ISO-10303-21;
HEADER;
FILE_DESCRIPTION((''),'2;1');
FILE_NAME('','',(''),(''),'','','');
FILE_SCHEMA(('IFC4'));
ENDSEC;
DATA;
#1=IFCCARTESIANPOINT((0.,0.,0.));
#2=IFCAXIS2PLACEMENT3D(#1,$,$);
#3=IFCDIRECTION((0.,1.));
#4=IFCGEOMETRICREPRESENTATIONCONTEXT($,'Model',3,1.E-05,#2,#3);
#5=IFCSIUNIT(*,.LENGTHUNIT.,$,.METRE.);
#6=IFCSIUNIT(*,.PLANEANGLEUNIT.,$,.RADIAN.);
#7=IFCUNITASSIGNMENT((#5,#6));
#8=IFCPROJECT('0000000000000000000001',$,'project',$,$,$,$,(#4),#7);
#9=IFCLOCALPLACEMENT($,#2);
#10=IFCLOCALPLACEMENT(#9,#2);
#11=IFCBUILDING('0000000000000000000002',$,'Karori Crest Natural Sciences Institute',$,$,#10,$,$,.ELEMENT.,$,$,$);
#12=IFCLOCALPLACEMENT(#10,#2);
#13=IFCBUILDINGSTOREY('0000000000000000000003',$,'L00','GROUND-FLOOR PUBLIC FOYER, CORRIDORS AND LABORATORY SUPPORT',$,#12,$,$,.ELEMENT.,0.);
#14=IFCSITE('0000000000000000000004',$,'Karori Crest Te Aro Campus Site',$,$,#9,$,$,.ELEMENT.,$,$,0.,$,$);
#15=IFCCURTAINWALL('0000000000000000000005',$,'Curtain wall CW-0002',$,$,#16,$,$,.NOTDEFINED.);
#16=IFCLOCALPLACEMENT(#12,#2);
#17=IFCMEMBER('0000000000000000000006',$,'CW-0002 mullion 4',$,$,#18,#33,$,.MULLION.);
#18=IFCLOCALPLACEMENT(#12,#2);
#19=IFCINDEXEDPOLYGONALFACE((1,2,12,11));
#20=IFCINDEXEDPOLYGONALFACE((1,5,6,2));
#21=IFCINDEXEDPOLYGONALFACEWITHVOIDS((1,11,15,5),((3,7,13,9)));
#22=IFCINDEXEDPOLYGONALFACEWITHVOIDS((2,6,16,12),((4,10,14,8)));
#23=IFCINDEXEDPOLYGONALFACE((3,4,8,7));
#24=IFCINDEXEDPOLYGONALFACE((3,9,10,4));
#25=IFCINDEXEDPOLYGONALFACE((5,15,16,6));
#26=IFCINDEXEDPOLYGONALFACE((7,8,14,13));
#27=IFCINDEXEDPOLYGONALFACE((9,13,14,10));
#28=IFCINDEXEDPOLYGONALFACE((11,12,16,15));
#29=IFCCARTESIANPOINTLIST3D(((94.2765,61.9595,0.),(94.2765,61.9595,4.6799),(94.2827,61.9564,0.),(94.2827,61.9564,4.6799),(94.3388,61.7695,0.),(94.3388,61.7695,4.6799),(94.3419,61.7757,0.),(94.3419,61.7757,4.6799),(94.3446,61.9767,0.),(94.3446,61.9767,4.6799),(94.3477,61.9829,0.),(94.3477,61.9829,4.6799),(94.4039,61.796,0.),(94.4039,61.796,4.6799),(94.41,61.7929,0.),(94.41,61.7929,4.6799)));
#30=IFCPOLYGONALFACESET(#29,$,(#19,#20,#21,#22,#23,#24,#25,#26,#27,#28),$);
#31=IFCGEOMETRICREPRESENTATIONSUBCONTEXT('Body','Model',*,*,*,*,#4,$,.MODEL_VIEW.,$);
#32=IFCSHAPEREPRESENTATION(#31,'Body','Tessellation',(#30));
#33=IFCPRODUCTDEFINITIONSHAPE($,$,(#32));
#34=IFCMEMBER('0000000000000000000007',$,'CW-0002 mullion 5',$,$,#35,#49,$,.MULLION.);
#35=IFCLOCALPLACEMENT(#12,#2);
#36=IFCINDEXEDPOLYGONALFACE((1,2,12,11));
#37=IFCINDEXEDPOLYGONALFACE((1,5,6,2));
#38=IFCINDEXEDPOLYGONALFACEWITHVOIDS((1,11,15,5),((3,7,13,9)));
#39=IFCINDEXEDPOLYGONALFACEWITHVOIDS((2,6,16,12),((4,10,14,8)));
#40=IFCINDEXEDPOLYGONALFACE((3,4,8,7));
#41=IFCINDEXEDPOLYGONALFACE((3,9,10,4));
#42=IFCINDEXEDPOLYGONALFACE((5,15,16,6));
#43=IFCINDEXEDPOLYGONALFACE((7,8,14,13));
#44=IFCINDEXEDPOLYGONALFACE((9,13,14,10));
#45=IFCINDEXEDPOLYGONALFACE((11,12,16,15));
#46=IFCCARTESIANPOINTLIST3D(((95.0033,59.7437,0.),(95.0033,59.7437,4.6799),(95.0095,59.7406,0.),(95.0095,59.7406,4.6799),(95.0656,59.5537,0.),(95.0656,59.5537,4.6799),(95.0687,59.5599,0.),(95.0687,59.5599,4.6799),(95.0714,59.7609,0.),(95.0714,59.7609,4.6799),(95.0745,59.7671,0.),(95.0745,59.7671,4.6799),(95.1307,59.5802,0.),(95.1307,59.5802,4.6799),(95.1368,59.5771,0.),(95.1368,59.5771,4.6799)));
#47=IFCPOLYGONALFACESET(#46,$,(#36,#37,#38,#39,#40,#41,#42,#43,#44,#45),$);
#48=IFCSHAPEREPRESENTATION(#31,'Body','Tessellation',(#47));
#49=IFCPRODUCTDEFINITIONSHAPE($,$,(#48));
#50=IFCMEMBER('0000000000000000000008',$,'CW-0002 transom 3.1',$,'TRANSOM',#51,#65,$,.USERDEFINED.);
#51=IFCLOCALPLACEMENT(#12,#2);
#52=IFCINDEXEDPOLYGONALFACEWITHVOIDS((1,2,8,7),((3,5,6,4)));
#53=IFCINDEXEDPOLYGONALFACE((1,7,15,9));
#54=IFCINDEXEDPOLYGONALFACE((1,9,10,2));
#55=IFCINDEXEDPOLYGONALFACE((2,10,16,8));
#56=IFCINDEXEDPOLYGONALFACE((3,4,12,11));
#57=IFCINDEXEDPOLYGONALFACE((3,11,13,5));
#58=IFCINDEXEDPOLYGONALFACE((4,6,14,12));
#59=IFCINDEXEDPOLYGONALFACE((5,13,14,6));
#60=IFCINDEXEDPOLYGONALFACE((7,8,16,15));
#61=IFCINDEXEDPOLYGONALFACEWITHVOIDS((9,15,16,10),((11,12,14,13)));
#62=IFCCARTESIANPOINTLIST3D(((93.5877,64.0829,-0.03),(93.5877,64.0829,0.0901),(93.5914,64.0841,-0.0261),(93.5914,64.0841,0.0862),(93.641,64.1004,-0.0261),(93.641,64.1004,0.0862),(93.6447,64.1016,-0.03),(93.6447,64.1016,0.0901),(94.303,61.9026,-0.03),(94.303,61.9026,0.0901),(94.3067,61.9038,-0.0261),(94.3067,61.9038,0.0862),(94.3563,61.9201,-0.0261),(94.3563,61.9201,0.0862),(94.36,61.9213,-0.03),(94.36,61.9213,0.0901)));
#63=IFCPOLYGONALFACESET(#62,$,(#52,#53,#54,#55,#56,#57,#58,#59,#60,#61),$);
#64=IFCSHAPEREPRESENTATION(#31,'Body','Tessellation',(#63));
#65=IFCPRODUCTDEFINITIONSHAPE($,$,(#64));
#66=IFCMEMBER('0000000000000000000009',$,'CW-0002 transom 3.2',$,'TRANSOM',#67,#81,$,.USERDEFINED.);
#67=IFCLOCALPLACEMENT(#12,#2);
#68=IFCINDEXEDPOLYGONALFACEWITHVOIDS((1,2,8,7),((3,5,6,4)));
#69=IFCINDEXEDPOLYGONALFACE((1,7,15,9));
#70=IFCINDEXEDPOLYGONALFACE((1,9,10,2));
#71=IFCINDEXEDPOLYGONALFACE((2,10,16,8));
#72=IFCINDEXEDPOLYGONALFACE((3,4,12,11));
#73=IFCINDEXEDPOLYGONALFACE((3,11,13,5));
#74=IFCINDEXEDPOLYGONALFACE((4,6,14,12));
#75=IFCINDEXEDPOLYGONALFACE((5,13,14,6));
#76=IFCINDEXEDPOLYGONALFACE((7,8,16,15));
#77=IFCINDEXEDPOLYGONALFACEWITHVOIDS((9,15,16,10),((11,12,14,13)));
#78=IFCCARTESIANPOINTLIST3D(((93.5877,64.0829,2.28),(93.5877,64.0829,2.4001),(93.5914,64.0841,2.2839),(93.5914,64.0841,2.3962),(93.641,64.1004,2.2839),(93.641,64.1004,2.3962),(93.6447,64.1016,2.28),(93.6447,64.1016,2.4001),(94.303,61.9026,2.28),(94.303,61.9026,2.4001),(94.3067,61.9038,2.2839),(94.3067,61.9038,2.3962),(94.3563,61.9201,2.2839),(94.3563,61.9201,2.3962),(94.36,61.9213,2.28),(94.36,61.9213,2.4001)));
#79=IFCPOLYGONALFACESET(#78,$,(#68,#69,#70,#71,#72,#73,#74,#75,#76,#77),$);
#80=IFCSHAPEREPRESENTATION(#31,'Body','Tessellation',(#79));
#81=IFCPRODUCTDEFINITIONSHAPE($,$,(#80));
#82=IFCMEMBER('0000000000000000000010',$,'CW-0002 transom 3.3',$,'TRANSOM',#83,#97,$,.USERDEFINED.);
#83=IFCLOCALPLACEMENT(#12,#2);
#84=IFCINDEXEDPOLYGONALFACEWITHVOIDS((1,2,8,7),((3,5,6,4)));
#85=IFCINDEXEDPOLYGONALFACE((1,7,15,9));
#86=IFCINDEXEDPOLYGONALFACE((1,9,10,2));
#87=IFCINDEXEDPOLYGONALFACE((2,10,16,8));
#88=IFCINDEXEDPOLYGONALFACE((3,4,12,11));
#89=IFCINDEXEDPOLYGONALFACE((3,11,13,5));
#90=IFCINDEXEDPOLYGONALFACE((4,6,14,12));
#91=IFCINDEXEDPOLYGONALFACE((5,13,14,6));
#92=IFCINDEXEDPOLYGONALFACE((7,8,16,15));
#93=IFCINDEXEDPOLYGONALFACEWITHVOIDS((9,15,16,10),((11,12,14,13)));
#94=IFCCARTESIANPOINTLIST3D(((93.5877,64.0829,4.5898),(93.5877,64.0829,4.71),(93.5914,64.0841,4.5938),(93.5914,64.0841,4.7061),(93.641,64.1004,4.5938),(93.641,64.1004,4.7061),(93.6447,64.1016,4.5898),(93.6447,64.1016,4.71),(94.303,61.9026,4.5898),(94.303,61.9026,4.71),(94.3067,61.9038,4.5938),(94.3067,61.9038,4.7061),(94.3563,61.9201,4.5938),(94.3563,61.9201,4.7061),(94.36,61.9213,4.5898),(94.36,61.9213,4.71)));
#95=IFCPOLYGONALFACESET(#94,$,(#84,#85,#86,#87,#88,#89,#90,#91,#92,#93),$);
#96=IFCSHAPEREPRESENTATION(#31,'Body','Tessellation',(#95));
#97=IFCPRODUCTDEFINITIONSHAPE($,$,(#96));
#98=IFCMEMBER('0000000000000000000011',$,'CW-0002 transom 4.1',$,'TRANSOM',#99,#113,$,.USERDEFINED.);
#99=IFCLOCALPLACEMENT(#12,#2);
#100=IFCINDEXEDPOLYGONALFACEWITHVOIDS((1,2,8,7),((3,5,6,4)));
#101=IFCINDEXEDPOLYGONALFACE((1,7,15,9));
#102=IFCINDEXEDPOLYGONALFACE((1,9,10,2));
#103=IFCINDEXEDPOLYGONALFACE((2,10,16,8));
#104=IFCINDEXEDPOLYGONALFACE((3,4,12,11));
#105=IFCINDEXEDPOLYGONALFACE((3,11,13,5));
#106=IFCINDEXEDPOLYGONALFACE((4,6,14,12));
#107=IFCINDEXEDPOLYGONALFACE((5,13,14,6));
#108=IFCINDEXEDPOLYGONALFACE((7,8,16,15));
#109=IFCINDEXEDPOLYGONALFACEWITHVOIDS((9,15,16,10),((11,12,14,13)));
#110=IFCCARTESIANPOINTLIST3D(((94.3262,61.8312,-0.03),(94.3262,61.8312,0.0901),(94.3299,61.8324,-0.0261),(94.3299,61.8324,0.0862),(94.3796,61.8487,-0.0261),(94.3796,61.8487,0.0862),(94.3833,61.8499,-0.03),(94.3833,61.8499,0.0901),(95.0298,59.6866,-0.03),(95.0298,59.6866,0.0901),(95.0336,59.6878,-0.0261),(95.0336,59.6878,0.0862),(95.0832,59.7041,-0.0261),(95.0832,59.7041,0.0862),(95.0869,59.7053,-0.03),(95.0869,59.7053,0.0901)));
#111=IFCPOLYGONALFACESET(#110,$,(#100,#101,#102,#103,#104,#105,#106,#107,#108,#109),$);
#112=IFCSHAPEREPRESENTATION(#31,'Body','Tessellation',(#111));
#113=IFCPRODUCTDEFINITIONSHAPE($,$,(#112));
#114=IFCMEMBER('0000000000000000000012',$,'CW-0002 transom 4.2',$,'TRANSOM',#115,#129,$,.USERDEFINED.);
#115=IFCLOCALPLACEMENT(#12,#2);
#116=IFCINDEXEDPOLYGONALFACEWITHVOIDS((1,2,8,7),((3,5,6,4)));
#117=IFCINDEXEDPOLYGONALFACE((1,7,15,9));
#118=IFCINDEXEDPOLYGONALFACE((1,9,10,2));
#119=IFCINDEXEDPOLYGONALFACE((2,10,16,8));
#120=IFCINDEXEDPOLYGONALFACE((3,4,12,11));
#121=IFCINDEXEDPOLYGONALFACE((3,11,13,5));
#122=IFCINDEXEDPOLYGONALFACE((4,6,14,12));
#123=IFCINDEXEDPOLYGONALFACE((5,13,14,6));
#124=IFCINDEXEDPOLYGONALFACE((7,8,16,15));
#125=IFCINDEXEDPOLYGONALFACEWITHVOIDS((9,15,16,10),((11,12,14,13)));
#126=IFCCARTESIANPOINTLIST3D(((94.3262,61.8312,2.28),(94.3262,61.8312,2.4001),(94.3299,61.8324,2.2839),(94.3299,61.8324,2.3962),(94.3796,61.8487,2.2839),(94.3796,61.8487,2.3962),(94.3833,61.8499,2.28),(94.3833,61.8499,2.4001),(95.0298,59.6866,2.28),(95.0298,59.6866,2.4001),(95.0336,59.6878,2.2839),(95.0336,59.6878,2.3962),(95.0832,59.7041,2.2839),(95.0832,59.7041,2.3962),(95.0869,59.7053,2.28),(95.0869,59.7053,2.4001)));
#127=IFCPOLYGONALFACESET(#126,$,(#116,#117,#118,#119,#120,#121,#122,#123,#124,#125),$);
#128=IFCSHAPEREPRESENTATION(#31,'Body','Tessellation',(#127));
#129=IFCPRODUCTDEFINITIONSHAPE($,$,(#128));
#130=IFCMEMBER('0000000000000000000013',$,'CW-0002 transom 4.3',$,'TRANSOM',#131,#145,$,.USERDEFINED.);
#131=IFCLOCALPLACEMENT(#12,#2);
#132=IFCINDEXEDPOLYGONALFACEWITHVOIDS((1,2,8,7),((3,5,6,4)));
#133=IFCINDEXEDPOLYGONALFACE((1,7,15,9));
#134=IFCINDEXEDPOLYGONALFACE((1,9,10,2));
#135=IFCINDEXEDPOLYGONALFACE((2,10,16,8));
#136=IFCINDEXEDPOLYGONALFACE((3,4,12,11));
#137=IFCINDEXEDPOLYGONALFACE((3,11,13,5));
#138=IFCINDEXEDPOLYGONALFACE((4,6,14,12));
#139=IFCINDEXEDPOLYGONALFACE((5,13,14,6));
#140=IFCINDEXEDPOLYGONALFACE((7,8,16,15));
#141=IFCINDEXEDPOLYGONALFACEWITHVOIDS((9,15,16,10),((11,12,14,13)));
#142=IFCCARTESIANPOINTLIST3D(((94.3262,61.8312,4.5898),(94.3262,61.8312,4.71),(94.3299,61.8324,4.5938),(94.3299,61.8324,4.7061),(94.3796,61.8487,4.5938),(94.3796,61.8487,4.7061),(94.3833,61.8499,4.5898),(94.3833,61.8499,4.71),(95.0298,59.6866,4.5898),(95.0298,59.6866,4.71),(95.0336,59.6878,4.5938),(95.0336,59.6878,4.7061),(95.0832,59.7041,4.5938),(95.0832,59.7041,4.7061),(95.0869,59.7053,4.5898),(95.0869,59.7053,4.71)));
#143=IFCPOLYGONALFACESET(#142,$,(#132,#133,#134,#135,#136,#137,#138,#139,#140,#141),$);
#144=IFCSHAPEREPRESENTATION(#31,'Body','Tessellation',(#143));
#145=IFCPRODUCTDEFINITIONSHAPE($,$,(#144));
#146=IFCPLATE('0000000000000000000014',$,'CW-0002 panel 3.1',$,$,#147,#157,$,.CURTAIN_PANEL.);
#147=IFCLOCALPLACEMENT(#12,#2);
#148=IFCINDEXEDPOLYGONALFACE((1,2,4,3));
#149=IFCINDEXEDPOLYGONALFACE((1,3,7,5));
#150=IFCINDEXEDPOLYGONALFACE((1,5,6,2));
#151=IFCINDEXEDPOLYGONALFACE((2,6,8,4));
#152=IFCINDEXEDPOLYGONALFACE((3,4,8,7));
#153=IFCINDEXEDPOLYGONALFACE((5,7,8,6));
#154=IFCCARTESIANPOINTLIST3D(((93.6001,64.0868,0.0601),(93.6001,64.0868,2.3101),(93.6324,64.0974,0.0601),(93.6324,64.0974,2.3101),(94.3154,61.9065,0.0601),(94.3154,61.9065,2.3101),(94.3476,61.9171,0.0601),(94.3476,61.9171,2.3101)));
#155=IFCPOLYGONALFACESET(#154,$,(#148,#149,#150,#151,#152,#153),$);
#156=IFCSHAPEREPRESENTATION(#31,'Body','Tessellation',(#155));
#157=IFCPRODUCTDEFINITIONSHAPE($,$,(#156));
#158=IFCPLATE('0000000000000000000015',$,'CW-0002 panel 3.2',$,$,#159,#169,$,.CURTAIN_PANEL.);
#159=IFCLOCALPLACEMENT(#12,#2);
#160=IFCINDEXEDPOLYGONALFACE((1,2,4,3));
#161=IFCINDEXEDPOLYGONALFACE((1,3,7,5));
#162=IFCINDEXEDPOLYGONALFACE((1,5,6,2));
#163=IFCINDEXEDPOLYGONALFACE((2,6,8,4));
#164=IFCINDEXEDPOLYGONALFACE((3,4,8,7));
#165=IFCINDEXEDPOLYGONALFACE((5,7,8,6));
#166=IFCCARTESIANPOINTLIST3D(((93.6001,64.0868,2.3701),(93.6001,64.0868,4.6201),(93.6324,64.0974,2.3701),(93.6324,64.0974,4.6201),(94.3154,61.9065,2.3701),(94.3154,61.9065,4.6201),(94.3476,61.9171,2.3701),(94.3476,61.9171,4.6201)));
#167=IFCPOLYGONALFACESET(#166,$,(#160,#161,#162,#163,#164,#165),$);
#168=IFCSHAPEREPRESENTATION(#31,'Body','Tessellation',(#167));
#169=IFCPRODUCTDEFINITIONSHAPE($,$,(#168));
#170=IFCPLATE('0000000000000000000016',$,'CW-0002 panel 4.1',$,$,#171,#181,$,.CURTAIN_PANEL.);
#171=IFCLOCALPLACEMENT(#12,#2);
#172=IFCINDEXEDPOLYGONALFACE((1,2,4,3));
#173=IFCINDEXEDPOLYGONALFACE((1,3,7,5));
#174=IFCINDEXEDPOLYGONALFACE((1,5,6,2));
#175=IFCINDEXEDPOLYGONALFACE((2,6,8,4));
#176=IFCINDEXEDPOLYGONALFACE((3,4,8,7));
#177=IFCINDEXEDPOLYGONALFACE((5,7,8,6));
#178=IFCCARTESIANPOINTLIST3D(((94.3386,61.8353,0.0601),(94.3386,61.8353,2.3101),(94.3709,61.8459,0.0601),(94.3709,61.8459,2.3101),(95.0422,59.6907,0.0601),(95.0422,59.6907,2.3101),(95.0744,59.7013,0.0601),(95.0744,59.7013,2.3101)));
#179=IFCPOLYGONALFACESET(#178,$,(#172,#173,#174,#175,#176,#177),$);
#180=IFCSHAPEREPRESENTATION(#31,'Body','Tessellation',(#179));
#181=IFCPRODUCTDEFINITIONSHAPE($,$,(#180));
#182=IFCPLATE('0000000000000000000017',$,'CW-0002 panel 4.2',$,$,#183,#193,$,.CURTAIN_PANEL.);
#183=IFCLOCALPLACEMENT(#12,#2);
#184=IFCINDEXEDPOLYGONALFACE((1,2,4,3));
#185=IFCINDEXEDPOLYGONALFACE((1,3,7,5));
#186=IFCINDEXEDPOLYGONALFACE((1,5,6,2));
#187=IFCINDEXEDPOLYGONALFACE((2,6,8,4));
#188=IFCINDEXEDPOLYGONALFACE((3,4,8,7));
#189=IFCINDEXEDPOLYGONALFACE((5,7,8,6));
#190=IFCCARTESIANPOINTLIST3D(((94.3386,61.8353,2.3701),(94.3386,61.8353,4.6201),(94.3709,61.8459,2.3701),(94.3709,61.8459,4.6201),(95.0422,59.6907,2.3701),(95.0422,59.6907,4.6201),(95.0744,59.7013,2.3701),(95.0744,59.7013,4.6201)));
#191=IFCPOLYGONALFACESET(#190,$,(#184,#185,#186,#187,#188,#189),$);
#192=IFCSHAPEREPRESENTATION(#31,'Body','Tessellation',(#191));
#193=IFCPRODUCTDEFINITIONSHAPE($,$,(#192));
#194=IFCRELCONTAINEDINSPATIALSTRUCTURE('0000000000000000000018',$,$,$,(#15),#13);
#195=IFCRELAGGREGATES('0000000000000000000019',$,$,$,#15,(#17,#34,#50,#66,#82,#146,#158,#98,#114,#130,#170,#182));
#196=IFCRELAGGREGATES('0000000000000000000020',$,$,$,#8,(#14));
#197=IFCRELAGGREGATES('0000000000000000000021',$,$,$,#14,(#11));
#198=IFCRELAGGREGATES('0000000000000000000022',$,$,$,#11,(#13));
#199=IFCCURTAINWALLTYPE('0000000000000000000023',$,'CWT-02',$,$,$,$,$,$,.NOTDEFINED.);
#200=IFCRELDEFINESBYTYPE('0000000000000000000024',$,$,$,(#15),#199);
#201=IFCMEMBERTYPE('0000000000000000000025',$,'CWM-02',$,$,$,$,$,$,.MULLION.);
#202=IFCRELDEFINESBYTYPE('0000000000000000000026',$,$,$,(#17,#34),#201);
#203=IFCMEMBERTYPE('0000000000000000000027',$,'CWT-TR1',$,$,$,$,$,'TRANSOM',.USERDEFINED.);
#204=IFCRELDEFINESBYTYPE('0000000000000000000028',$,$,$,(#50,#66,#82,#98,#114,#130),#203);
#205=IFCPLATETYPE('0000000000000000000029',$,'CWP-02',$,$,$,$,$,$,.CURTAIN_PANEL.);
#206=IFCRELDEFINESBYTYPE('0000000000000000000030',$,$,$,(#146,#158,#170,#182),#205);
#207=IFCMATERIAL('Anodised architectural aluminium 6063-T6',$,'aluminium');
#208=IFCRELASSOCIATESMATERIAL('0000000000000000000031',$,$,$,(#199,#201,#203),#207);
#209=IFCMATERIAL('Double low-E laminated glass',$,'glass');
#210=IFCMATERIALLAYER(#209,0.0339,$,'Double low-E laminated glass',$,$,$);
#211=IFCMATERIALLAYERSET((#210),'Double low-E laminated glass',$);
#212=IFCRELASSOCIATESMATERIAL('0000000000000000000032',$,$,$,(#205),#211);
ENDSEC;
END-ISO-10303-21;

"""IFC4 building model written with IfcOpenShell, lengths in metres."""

from ifc_helpers import new_model, si_unit, direction, frame, origin, origin_2d, place, context, subcontext, project, spatial, rectangle, hollow_rectangle, extrude, material, layer, layer_set, material_profile, profile_set, type_object, element, aggregate, save


model = new_model("IFC4")

# Units and contexts
model_context = context("Model", 3, precision=1e-05, world=origin(), true_north=direction((0.0, 1.0)))
body_context = subcontext(model_context, "Body", "Model", "MODEL_VIEW")
ifc_project = project(units=[si_unit("LENGTHUNIT", "METRE"), si_unit("PLANEANGLEUNIT", "RADIAN")], contexts=[model_context])

# Site, building, storey
site_placement = place(None, origin())
site = spatial("IfcSite", under=ifc_project, at=site_placement, Name="Karori Crest Te Aro Campus Site", CompositionType="ELEMENT", RefElevation=0.0)
building_placement = place(site_placement, origin())
building = spatial("IfcBuilding", under=site, at=building_placement, Name="Karori Crest Natural Sciences Institute", CompositionType="ELEMENT")
storey_placement = place(building_placement, origin())
storey = spatial("IfcBuildingStorey", under=building, at=storey_placement, Name="L00", Description="GROUND-FLOOR PUBLIC FOYER, CORRIDORS AND LABORATORY SUPPORT", CompositionType="ELEMENT", Elevation=0.0)

# Curtain wall, members, plates
ifc_material_1 = material(Name="Anodised architectural aluminium 6063-T6", Category="aluminium")
curtain_wall_type = type_object("IfcCurtainWallType", Name="CWT-02", PredefinedType="NOTDEFINED", material=ifc_material_1)
curtain_wall_placement = place(storey_placement, origin())
curtain_wall = element("IfcCurtainWall", 1, at=curtain_wall_placement, inside=storey, type_object=curtain_wall_type, Name="Curtain wall CW-0002", PredefinedType="NOTDEFINED")
ifc_material_profile_1 = material_profile(ifc_material_1, hollow_rectangle(XDim=0.075, YDim=0.2, WallThickness=0.0049, at=origin_2d()), Name="CWM200x75x5")
ifc_profile_set_1 = profile_set([ifc_material_profile_1], Name="Anodised architectural aluminium 6063-T6")
member_type_1 = type_object("IfcMemberType", Name="CWM-02", PredefinedType="MULLION", material=ifc_profile_set_1)
member_1_placement = place(storey_placement, frame((94.3433, 61.8762, 0.0), z_axis=(0.0, 0.0, 1.0), x_axis=(0.950176, 0.311714, 0.0)))
member_1 = element("IfcMember", 2, at=member_1_placement, type_object=member_type_1, Name="CW-0002 mullion 4", PredefinedType="MULLION", context=body_context, shape_type="SweptSolid", body=[
    extrude(hollow_rectangle(XDim=0.075, YDim=0.2, WallThickness=0.0049, at=origin_2d()), origin(), (0.0, 0.0, 1.0), 4.6799),
])
member_2_placement = place(storey_placement, frame((95.0701, 59.6604, 0.0), z_axis=(0.0, 0.0, 1.0), x_axis=(0.950176, 0.311714, 0.0)))
member_2 = element("IfcMember", 3, at=member_2_placement, type_object=member_type_1, Name="CW-0002 mullion 5", PredefinedType="MULLION", context=body_context, shape_type="SweptSolid", body=[
    extrude(hollow_rectangle(XDim=0.075, YDim=0.2, WallThickness=0.0049, at=origin_2d()), origin(), (0.0, 0.0, 1.0), 4.6799),
])
ifc_material_profile_2 = material_profile(ifc_material_1, hollow_rectangle(XDim=0.0601, YDim=0.1201, WallThickness=0.0039, at=origin_2d()), Name="CWT120x60x4")
ifc_profile_set_2 = profile_set([ifc_material_profile_2], Name="Anodised architectural aluminium 6063-T6")
member_type_2 = type_object("IfcMemberType", Name="CWT-TR1", ElementType="TRANSOM", PredefinedType="USERDEFINED", material=ifc_profile_set_2)
member_3_placement = place(storey_placement, frame((93.6162, 64.0923, 0.03), z_axis=(0.311724, -0.950173, 0.0), x_axis=(0.950173, 0.311724, 0.0)))
member_3 = element("IfcMember", 4, at=member_3_placement, type_object=member_type_2, Name="CW-0002 transom 3.1", ObjectType="TRANSOM", PredefinedType="USERDEFINED", context=body_context, shape_type="SweptSolid", body=[
    extrude(hollow_rectangle(XDim=0.0601, YDim=0.1201, WallThickness=0.0039, at=origin_2d()), origin(), (0.0, 0.0, 1.0), 2.2947),
])
member_4_placement = place(storey_placement, frame((93.6162, 64.0923, 2.3401), z_axis=(0.311724, -0.950173, 0.0), x_axis=(0.950173, 0.311724, 0.0)))
member_4 = element("IfcMember", 5, at=member_4_placement, type_object=member_type_2, Name="CW-0002 transom 3.2", ObjectType="TRANSOM", PredefinedType="USERDEFINED", context=body_context, shape_type="SweptSolid", body=[
    extrude(hollow_rectangle(XDim=0.0601, YDim=0.1201, WallThickness=0.0039, at=origin_2d()), origin(), (0.0, 0.0, 1.0), 2.2947),
])
member_5_placement = place(storey_placement, frame((93.6162, 64.0923, 4.6499), z_axis=(0.311724, -0.950173, 0.0), x_axis=(0.950173, 0.311724, 0.0)))
member_5 = element("IfcMember", 6, at=member_5_placement, type_object=member_type_2, Name="CW-0002 transom 3.3", ObjectType="TRANSOM", PredefinedType="USERDEFINED", context=body_context, shape_type="SweptSolid", body=[
    extrude(hollow_rectangle(XDim=0.0601, YDim=0.1201, WallThickness=0.0039, at=origin_2d()), origin(), (0.0, 0.0, 1.0), 2.2947),
])
member_6_placement = place(storey_placement, frame((94.3547, 61.8406, 0.03), z_axis=(0.311746, -0.950165, 0.0), x_axis=(0.950165, 0.311746, 0.0)))
member_6 = element("IfcMember", 7, at=member_6_placement, type_object=member_type_2, Name="CW-0002 transom 4.1", ObjectType="TRANSOM", PredefinedType="USERDEFINED", context=body_context, shape_type="SweptSolid", body=[
    extrude(hollow_rectangle(XDim=0.0601, YDim=0.1201, WallThickness=0.0039, at=origin_2d()), origin(), (0.0, 0.0, 1.0), 2.2571),
])
member_7_placement = place(storey_placement, frame((94.3547, 61.8406, 2.3401), z_axis=(0.311746, -0.950165, 0.0), x_axis=(0.950165, 0.311746, 0.0)))
member_7 = element("IfcMember", 8, at=member_7_placement, type_object=member_type_2, Name="CW-0002 transom 4.2", ObjectType="TRANSOM", PredefinedType="USERDEFINED", context=body_context, shape_type="SweptSolid", body=[
    extrude(hollow_rectangle(XDim=0.0601, YDim=0.1201, WallThickness=0.0039, at=origin_2d()), origin(), (0.0, 0.0, 1.0), 2.2571),
])
member_8_placement = place(storey_placement, frame((94.3547, 61.8406, 4.6499), z_axis=(0.311746, -0.950165, 0.0), x_axis=(0.950165, 0.311746, 0.0)))
member_8 = element("IfcMember", 9, at=member_8_placement, type_object=member_type_2, Name="CW-0002 transom 4.3", ObjectType="TRANSOM", PredefinedType="USERDEFINED", context=body_context, shape_type="SweptSolid", body=[
    extrude(hollow_rectangle(XDim=0.0601, YDim=0.1201, WallThickness=0.0039, at=origin_2d()), origin(), (0.0, 0.0, 1.0), 2.2571),
])
ifc_material_2 = material(Name="Double low-E laminated glass", Category="glass")
ifc_layer_1 = layer(ifc_material_2, 0.0339, Name="Double low-E laminated glass")
ifc_layer_set_1 = layer_set([ifc_layer_1], Name="Double low-E laminated glass")
plate_type_1 = type_object("IfcPlateType", Name="CWP-02", PredefinedType="CURTAIN_PANEL", material=ifc_layer_set_1)
plate_1_placement = place(storey_placement, frame((93.9739, 63.002, 0.0601), z_axis=(0.0, 0.0, 1.0), x_axis=(0.311714, -0.950176, 0.0)))
plate_1 = element("IfcPlate", 10, at=plate_1_placement, type_object=plate_type_1, Name="CW-0002 panel 3.1", PredefinedType="CURTAIN_PANEL", context=body_context, shape_type="SweptSolid", body=[
    extrude(rectangle(XDim=2.2947, YDim=0.0339, at=origin_2d()), origin(), (0.0, 0.0, 1.0), 2.25),
])
plate_2_placement = place(storey_placement, frame((93.9739, 63.002, 2.3701), z_axis=(0.0, 0.0, 1.0), x_axis=(0.311714, -0.950176, 0.0)))
plate_2 = element("IfcPlate", 11, at=plate_2_placement, type_object=plate_type_1, Name="CW-0002 panel 3.2", PredefinedType="CURTAIN_PANEL", context=body_context, shape_type="SweptSolid", body=[
    extrude(rectangle(XDim=2.2947, YDim=0.0339, at=origin_2d()), origin(), (0.0, 0.0, 1.0), 2.25),
])
plate_3_placement = place(storey_placement, frame((94.7065, 60.7683, 0.0601), z_axis=(0.0, 0.0, 1.0), x_axis=(0.311714, -0.950176, 0.0)))
plate_3 = element("IfcPlate", 12, at=plate_3_placement, type_object=plate_type_1, Name="CW-0002 panel 4.1", PredefinedType="CURTAIN_PANEL", context=body_context, shape_type="SweptSolid", body=[
    extrude(rectangle(XDim=2.2571, YDim=0.0339, at=origin_2d()), origin(), (0.0, 0.0, 1.0), 2.25),
])
plate_4_placement = place(storey_placement, frame((94.7065, 60.7683, 2.3701), z_axis=(0.0, 0.0, 1.0), x_axis=(0.311714, -0.950176, 0.0)))
plate_4 = element("IfcPlate", 13, at=plate_4_placement, type_object=plate_type_1, Name="CW-0002 panel 4.2", PredefinedType="CURTAIN_PANEL", context=body_context, shape_type="SweptSolid", body=[
    extrude(rectangle(XDim=2.2571, YDim=0.0339, at=origin_2d()), origin(), (0.0, 0.0, 1.0), 2.25),
])
aggregate(curtain_wall, [member_1, member_2, member_3, member_4, member_5, plate_1, plate_2, member_6, member_7, member_8, plate_3, plate_4])

save(model, "model.ifc")
